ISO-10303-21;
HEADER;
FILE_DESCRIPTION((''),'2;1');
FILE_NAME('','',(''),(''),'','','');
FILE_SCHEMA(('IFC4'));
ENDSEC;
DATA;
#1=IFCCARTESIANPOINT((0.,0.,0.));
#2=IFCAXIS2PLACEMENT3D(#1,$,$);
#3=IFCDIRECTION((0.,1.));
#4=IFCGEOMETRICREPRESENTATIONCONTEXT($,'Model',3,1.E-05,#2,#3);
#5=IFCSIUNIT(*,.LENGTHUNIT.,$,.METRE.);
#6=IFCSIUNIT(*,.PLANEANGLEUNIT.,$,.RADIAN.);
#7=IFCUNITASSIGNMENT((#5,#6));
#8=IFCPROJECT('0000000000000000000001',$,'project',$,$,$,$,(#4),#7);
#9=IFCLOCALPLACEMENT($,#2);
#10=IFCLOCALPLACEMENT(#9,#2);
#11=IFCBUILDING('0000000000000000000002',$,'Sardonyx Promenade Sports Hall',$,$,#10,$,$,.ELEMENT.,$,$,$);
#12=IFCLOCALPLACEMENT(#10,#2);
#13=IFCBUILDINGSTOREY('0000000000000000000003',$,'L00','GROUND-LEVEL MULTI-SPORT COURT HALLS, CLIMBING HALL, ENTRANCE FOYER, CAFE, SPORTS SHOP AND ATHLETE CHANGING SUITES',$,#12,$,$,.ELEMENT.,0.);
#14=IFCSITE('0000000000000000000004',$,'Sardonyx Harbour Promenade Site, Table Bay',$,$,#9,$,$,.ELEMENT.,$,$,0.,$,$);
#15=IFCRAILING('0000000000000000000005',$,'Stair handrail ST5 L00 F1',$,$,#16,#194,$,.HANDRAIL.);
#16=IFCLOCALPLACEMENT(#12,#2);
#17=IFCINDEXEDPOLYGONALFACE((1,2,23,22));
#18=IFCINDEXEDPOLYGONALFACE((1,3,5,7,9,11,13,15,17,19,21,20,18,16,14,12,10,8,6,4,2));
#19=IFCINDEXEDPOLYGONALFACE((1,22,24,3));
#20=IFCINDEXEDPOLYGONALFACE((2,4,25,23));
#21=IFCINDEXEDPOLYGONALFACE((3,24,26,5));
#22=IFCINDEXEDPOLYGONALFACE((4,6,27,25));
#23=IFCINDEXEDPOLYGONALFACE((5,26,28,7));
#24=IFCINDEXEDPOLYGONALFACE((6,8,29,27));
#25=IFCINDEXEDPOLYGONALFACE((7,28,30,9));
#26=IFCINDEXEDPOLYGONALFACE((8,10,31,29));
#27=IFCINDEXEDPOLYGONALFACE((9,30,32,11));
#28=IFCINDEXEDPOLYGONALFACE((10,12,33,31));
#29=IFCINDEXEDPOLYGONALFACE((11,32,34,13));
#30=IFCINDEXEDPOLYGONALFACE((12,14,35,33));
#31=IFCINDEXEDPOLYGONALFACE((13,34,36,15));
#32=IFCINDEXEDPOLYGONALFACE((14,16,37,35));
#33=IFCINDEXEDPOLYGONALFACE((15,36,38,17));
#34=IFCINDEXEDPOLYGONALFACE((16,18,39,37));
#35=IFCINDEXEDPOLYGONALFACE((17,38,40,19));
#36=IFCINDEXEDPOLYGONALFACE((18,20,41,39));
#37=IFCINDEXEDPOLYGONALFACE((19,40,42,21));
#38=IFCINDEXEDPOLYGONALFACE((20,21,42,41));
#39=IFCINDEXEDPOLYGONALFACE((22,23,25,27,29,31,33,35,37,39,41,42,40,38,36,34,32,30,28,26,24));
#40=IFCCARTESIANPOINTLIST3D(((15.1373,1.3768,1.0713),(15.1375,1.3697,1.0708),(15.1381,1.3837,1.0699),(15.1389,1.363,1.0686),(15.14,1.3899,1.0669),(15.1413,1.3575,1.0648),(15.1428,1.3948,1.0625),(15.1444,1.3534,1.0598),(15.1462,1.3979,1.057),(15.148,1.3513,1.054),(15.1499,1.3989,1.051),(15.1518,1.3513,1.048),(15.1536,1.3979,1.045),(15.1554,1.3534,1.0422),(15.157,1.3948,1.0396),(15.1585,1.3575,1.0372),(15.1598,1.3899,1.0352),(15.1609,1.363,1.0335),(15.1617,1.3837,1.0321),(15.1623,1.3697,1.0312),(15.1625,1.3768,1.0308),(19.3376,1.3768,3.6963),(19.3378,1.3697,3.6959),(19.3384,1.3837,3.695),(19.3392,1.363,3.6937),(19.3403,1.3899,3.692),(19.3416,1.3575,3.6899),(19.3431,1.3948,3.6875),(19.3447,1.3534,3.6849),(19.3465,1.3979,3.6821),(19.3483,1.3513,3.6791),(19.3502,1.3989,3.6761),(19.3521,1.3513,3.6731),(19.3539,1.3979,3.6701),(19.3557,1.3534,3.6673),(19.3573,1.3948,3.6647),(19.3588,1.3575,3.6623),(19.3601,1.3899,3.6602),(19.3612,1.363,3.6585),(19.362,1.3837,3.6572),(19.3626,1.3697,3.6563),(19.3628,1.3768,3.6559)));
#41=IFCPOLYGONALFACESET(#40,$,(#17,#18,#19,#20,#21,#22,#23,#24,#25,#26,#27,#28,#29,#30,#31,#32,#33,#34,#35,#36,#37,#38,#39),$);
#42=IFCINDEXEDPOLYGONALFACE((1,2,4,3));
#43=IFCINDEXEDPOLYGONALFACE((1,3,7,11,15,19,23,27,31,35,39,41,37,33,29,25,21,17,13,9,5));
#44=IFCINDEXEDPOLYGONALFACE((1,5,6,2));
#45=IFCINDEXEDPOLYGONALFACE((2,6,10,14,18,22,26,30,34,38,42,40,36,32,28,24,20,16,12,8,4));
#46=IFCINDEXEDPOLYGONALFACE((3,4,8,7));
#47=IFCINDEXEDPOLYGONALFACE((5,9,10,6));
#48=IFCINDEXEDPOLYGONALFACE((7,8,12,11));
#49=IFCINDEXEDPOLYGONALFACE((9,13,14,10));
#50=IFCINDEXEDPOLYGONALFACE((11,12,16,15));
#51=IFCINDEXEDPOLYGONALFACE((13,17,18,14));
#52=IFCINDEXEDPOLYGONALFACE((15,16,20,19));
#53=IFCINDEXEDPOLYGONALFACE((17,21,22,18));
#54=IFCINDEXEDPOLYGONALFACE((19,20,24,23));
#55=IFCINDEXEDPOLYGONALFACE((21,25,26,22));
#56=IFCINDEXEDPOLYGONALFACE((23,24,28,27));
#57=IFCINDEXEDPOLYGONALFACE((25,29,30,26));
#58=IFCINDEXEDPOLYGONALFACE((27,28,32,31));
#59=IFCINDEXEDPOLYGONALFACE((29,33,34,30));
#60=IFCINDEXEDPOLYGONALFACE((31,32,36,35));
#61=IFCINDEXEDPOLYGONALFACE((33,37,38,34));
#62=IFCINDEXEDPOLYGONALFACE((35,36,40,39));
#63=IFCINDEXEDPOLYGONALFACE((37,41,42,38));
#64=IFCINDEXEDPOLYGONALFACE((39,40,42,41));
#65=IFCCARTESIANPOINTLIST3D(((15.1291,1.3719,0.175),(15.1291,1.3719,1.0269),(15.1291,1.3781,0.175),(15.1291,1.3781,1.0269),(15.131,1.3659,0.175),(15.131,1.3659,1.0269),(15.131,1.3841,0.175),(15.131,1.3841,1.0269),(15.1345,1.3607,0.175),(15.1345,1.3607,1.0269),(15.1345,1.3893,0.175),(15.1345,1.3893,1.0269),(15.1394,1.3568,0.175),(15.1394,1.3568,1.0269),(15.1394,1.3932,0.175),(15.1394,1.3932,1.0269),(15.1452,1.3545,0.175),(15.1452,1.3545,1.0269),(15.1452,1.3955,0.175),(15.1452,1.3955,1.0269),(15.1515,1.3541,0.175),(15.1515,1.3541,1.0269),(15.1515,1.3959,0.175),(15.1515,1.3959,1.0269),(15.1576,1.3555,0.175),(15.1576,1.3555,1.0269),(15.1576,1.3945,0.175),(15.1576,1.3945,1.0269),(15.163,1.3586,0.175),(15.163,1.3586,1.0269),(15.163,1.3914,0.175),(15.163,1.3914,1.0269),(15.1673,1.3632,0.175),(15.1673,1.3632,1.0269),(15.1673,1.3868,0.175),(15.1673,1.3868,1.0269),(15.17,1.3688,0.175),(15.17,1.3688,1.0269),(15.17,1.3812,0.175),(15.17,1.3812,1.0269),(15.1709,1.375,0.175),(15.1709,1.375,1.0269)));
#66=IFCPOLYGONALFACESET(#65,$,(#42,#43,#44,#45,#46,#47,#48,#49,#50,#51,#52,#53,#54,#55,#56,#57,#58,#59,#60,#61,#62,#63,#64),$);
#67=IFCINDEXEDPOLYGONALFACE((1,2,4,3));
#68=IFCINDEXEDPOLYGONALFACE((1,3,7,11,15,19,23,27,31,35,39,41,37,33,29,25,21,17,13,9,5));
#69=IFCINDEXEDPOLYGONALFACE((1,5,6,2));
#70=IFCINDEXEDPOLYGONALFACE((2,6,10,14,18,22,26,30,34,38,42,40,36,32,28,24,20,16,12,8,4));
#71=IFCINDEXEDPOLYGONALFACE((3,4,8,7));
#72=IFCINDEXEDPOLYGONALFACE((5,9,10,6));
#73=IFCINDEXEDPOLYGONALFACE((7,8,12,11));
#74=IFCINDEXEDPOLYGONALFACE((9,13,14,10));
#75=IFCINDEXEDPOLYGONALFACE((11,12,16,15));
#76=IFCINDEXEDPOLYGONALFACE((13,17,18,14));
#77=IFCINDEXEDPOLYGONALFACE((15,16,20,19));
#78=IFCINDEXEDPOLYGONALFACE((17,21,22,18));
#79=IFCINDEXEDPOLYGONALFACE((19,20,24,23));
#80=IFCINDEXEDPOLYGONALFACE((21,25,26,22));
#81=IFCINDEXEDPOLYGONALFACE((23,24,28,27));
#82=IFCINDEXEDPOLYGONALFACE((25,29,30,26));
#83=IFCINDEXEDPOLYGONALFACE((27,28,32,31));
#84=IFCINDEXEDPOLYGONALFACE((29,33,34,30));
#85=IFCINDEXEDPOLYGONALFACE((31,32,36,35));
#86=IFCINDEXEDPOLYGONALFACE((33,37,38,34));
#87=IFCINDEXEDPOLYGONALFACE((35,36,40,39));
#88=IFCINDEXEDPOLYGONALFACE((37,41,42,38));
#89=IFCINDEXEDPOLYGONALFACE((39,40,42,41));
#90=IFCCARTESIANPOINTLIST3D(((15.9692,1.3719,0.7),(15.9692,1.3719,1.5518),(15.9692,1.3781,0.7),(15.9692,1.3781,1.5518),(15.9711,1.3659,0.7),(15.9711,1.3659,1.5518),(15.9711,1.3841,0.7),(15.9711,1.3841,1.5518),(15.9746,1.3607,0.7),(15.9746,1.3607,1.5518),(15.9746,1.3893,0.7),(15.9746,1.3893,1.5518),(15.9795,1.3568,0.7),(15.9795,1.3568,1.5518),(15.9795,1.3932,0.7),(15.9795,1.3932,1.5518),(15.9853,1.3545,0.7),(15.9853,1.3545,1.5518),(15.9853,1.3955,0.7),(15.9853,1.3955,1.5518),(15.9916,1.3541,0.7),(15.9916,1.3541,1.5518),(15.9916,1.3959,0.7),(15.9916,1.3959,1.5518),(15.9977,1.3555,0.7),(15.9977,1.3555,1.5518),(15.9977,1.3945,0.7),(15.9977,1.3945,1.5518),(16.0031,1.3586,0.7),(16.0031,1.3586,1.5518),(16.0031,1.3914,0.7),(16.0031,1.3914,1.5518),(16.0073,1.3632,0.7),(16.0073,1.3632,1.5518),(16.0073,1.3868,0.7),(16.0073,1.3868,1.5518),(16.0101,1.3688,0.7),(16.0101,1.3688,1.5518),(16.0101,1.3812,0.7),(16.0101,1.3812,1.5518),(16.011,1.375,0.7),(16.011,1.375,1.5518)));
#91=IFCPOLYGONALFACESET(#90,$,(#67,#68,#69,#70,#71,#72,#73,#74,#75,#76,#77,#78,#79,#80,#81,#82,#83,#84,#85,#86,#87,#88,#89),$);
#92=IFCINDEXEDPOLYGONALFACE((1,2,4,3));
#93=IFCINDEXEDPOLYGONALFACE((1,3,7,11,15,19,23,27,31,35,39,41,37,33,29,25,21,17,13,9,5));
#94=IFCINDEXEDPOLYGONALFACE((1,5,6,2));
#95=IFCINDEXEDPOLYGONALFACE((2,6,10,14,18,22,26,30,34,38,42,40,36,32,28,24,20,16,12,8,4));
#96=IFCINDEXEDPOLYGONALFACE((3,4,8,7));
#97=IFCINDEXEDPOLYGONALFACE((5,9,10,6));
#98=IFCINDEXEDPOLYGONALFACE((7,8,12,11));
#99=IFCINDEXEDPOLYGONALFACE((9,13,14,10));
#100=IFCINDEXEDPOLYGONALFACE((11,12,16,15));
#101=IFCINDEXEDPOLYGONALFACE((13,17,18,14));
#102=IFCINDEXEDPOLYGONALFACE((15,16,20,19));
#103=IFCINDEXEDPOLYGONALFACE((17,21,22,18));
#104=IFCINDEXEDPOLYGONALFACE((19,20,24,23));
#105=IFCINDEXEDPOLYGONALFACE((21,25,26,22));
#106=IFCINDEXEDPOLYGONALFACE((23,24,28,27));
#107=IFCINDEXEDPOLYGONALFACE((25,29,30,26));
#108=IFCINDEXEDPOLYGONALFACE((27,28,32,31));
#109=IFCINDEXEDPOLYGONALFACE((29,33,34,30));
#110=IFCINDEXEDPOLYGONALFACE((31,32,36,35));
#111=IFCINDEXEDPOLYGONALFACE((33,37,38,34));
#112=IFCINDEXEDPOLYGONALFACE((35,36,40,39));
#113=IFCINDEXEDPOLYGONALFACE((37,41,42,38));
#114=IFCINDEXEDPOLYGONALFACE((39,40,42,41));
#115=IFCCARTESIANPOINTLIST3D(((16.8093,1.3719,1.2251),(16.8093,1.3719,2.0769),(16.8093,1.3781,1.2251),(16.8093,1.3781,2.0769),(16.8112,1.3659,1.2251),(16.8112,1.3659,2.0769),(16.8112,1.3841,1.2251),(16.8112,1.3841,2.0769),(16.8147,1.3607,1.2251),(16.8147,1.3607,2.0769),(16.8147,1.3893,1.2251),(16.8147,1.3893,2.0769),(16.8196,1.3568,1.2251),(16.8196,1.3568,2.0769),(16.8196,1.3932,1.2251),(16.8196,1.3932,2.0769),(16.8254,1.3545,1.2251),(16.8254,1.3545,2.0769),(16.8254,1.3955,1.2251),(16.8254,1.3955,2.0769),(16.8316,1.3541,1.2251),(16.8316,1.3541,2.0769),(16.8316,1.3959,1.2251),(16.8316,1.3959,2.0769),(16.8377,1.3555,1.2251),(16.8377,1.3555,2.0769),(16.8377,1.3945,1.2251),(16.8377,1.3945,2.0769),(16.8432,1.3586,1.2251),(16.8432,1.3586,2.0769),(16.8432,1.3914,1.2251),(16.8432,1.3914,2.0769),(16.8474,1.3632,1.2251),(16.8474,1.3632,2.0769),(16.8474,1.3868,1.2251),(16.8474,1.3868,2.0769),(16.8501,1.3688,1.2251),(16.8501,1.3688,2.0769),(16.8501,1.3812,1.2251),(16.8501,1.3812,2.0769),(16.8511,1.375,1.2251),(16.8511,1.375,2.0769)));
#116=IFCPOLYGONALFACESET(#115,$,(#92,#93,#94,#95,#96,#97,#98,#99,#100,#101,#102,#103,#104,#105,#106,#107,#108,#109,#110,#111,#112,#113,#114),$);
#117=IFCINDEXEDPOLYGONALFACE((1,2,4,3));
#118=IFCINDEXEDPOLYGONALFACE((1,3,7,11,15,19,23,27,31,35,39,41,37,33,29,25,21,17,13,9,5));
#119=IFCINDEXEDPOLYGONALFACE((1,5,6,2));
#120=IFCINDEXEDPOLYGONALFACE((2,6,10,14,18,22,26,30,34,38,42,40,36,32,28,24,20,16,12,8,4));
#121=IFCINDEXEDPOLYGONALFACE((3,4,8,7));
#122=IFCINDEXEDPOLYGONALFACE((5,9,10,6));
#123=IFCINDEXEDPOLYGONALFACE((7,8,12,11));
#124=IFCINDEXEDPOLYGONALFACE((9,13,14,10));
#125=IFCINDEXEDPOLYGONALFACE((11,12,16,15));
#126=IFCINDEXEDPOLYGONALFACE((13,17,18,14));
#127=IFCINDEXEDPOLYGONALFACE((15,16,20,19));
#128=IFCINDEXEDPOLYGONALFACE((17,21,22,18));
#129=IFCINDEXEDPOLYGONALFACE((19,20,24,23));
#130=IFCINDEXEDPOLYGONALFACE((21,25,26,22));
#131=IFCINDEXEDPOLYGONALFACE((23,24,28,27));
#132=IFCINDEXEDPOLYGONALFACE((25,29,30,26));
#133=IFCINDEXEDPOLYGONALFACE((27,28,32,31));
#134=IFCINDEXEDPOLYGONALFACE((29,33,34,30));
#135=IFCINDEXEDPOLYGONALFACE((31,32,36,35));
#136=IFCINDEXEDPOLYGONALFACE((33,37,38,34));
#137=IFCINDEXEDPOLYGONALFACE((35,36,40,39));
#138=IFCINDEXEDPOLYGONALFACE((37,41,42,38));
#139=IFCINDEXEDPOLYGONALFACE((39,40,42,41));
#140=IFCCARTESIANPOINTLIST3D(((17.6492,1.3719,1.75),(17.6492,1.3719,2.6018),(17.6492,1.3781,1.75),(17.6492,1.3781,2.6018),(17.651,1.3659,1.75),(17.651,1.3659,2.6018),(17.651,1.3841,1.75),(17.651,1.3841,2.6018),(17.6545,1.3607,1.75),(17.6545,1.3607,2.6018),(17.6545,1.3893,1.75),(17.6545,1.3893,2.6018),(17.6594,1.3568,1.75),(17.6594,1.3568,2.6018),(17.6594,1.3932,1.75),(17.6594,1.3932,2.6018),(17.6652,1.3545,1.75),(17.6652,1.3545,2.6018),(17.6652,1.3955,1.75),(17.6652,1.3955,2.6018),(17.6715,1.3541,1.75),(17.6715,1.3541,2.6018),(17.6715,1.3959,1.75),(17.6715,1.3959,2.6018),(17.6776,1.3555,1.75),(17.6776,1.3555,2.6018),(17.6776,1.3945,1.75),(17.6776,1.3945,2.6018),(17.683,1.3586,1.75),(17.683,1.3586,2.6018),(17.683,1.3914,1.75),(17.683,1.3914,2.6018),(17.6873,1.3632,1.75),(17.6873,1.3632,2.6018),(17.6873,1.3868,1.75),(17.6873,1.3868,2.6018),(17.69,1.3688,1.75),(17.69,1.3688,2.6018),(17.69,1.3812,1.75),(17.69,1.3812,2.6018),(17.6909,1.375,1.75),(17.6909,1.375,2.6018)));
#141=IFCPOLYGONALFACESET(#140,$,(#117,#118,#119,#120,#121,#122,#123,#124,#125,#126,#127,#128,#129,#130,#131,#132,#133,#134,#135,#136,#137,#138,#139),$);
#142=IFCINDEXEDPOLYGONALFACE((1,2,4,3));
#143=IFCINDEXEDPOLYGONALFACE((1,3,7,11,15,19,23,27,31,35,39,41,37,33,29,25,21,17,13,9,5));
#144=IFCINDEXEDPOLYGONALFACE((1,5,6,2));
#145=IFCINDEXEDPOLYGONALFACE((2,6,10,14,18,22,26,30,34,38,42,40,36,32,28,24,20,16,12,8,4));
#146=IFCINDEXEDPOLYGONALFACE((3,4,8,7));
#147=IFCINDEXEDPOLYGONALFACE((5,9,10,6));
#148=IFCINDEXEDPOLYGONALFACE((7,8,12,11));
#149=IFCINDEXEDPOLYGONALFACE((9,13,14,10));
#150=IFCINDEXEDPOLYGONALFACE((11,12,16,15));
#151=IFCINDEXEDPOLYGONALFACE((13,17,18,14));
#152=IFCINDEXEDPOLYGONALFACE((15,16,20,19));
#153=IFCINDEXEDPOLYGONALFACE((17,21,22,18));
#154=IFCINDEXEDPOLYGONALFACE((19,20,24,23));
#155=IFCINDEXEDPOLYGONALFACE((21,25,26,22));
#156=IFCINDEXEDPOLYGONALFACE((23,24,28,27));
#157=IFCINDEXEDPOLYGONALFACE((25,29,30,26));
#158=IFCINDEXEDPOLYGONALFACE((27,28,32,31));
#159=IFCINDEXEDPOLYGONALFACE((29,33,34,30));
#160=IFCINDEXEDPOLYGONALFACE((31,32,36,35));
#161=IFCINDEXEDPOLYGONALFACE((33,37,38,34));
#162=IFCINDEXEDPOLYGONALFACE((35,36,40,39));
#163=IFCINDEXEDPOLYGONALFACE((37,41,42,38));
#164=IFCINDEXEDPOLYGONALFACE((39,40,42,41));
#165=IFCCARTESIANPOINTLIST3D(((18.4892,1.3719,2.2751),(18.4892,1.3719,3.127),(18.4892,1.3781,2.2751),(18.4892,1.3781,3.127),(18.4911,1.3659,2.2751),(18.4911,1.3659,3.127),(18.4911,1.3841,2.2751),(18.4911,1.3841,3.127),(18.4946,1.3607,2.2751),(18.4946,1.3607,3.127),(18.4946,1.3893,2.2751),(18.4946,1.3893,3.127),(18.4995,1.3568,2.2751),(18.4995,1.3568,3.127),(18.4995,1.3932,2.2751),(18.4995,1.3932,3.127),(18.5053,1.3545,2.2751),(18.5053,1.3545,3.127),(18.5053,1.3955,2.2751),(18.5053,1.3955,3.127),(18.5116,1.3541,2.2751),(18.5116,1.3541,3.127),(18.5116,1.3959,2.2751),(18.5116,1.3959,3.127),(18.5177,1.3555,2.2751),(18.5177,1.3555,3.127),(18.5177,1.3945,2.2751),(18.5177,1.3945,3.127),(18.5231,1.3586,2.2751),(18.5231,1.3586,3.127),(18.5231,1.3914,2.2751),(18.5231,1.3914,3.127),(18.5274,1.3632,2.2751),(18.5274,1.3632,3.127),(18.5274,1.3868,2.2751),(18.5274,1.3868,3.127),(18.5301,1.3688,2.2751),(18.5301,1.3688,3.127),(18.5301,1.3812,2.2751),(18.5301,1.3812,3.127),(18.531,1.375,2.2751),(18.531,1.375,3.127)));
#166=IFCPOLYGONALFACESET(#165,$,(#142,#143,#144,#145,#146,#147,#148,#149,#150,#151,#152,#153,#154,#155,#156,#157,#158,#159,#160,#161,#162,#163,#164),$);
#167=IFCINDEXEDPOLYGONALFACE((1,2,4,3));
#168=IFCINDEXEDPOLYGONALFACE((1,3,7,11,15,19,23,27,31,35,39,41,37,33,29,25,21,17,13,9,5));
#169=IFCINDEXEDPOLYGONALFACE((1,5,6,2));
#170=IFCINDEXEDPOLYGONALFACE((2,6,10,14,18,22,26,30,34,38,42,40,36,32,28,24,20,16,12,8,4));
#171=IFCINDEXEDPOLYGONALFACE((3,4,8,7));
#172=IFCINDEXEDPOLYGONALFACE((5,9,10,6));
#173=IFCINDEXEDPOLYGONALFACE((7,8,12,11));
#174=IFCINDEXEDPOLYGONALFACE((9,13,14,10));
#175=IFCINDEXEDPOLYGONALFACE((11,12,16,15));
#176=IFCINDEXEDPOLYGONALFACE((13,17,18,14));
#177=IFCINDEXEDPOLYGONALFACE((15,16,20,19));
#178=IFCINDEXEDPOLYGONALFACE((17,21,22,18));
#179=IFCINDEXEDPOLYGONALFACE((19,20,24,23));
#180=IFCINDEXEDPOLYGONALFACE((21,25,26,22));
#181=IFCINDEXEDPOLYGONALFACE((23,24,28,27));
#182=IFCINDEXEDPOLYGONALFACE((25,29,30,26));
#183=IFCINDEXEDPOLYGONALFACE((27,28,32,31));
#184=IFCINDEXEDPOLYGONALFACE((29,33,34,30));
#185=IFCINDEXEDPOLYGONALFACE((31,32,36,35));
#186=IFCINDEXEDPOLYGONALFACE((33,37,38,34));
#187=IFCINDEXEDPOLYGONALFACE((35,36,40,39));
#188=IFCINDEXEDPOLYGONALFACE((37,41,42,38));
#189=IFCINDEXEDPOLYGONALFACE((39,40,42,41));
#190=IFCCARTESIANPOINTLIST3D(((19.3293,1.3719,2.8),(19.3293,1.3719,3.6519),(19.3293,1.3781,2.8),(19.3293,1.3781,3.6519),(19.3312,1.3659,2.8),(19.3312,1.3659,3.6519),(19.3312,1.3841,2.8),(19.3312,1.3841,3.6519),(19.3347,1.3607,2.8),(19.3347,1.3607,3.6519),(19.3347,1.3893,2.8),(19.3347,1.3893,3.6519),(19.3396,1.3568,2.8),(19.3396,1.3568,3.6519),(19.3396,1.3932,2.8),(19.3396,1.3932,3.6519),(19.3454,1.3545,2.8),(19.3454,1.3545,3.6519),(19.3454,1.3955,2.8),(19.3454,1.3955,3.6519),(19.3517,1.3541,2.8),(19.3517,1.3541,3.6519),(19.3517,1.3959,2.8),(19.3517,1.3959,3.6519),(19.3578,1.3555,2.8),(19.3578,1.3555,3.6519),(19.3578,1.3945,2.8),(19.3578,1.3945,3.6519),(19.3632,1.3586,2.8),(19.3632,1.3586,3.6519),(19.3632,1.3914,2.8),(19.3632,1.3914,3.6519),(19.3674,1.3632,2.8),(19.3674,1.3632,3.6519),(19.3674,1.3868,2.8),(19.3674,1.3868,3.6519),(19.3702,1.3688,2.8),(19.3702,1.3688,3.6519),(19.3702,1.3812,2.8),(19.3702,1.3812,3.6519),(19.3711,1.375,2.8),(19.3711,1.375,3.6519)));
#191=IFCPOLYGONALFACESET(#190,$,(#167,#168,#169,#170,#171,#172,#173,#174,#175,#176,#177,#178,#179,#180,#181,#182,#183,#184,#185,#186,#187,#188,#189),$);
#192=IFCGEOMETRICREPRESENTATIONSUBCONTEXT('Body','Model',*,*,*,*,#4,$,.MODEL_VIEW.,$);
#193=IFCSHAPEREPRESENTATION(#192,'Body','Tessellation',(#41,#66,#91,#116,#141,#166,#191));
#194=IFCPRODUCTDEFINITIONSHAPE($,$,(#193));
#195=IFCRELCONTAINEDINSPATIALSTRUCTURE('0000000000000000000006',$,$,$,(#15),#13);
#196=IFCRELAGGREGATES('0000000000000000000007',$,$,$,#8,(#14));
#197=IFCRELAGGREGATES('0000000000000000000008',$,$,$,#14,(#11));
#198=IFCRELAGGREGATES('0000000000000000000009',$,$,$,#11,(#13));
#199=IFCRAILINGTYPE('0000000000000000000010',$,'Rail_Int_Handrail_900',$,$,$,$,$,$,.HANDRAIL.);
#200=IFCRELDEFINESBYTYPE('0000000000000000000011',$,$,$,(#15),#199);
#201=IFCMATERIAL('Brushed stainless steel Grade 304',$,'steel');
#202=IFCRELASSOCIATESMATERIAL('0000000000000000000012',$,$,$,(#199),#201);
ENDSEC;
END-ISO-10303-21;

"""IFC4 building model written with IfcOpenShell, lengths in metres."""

from ifc_helpers import new_model, si_unit, direction, frame, origin, origin_2d, place, context, subcontext, project, spatial, circle, extrude, material, type_object, element, save


model = new_model("IFC4")

# Units and contexts
model_context = context("Model", 3, precision=1e-05, world=origin(), true_north=direction((0.0, 1.0)))
body_context = subcontext(model_context, "Body", "Model", "MODEL_VIEW")
ifc_project = project(units=[si_unit("LENGTHUNIT", "METRE"), si_unit("PLANEANGLEUNIT", "RADIAN")], contexts=[model_context])

# Site, building, storey
site_placement = place(None, origin())
site = spatial("IfcSite", under=ifc_project, at=site_placement, Name="Sardonyx Harbour Promenade Site, Table Bay", CompositionType="ELEMENT", RefElevation=0.0)
building_placement = place(site_placement, origin())
building = spatial("IfcBuilding", under=site, at=building_placement, Name="Sardonyx Promenade Sports Hall", CompositionType="ELEMENT")
storey_placement = place(building_placement, origin())
storey = spatial("IfcBuildingStorey", under=building, at=storey_placement, Name="L00", Description="GROUND-LEVEL MULTI-SPORT COURT HALLS, CLIMBING HALL, ENTRANCE FOYER, CAFE, SPORTS SHOP AND ATHLETE CHANGING SUITES", CompositionType="ELEMENT", Elevation=0.0)

# Railing
ifc_material_1 = material(Name="Brushed stainless steel Grade 304", Category="steel")
railing_type_1 = type_object("IfcRailingType", Name="Rail_Int_Handrail_900", PredefinedType="HANDRAIL", material=ifc_material_1)
railing_1_placement = place(storey_placement, frame((15.1499, 1.375, 0.175)))
element("IfcRailing", 1, at=railing_1_placement, inside=storey, type_object=railing_type_1, Name="Stair handrail ST5 L00 F1", PredefinedType="HANDRAIL", context=body_context, shape_type="SweptSolid", body=[
    extrude(circle(Radius=0.0239, at=origin_2d()), frame((0.0, 0.0, 0.876), z_axis=(0.848009, 0.0, 0.529981), x_axis=(0.0, 1.0, 0.0)), (0.0, 0.0, 1.0), 4.9531),
    extrude(circle(Radius=0.021, at=origin_2d()), origin(), (0.0, 0.0, 1.0), 0.8518),
    extrude(circle(Radius=0.021, at=origin_2d()), frame((0.8401, 0.0, 0.5249)), (0.0, 0.0, 1.0), 0.8518),
    extrude(circle(Radius=0.021, at=origin_2d()), frame((1.6802, 0.0, 1.05)), (0.0, 0.0, 1.0), 0.8518),
    extrude(circle(Radius=0.021, at=origin_2d()), frame((2.52, 0.0, 1.575)), (0.0, 0.0, 1.0), 0.8518),
    extrude(circle(Radius=0.021, at=origin_2d()), frame((3.3601, 0.0, 2.1001)), (0.0, 0.0, 1.0), 0.8518),
    extrude(circle(Radius=0.021, at=origin_2d()), frame((4.2002, 0.0, 2.625)), (0.0, 0.0, 1.0), 0.8518),
])

save(model, "model.ifc")
